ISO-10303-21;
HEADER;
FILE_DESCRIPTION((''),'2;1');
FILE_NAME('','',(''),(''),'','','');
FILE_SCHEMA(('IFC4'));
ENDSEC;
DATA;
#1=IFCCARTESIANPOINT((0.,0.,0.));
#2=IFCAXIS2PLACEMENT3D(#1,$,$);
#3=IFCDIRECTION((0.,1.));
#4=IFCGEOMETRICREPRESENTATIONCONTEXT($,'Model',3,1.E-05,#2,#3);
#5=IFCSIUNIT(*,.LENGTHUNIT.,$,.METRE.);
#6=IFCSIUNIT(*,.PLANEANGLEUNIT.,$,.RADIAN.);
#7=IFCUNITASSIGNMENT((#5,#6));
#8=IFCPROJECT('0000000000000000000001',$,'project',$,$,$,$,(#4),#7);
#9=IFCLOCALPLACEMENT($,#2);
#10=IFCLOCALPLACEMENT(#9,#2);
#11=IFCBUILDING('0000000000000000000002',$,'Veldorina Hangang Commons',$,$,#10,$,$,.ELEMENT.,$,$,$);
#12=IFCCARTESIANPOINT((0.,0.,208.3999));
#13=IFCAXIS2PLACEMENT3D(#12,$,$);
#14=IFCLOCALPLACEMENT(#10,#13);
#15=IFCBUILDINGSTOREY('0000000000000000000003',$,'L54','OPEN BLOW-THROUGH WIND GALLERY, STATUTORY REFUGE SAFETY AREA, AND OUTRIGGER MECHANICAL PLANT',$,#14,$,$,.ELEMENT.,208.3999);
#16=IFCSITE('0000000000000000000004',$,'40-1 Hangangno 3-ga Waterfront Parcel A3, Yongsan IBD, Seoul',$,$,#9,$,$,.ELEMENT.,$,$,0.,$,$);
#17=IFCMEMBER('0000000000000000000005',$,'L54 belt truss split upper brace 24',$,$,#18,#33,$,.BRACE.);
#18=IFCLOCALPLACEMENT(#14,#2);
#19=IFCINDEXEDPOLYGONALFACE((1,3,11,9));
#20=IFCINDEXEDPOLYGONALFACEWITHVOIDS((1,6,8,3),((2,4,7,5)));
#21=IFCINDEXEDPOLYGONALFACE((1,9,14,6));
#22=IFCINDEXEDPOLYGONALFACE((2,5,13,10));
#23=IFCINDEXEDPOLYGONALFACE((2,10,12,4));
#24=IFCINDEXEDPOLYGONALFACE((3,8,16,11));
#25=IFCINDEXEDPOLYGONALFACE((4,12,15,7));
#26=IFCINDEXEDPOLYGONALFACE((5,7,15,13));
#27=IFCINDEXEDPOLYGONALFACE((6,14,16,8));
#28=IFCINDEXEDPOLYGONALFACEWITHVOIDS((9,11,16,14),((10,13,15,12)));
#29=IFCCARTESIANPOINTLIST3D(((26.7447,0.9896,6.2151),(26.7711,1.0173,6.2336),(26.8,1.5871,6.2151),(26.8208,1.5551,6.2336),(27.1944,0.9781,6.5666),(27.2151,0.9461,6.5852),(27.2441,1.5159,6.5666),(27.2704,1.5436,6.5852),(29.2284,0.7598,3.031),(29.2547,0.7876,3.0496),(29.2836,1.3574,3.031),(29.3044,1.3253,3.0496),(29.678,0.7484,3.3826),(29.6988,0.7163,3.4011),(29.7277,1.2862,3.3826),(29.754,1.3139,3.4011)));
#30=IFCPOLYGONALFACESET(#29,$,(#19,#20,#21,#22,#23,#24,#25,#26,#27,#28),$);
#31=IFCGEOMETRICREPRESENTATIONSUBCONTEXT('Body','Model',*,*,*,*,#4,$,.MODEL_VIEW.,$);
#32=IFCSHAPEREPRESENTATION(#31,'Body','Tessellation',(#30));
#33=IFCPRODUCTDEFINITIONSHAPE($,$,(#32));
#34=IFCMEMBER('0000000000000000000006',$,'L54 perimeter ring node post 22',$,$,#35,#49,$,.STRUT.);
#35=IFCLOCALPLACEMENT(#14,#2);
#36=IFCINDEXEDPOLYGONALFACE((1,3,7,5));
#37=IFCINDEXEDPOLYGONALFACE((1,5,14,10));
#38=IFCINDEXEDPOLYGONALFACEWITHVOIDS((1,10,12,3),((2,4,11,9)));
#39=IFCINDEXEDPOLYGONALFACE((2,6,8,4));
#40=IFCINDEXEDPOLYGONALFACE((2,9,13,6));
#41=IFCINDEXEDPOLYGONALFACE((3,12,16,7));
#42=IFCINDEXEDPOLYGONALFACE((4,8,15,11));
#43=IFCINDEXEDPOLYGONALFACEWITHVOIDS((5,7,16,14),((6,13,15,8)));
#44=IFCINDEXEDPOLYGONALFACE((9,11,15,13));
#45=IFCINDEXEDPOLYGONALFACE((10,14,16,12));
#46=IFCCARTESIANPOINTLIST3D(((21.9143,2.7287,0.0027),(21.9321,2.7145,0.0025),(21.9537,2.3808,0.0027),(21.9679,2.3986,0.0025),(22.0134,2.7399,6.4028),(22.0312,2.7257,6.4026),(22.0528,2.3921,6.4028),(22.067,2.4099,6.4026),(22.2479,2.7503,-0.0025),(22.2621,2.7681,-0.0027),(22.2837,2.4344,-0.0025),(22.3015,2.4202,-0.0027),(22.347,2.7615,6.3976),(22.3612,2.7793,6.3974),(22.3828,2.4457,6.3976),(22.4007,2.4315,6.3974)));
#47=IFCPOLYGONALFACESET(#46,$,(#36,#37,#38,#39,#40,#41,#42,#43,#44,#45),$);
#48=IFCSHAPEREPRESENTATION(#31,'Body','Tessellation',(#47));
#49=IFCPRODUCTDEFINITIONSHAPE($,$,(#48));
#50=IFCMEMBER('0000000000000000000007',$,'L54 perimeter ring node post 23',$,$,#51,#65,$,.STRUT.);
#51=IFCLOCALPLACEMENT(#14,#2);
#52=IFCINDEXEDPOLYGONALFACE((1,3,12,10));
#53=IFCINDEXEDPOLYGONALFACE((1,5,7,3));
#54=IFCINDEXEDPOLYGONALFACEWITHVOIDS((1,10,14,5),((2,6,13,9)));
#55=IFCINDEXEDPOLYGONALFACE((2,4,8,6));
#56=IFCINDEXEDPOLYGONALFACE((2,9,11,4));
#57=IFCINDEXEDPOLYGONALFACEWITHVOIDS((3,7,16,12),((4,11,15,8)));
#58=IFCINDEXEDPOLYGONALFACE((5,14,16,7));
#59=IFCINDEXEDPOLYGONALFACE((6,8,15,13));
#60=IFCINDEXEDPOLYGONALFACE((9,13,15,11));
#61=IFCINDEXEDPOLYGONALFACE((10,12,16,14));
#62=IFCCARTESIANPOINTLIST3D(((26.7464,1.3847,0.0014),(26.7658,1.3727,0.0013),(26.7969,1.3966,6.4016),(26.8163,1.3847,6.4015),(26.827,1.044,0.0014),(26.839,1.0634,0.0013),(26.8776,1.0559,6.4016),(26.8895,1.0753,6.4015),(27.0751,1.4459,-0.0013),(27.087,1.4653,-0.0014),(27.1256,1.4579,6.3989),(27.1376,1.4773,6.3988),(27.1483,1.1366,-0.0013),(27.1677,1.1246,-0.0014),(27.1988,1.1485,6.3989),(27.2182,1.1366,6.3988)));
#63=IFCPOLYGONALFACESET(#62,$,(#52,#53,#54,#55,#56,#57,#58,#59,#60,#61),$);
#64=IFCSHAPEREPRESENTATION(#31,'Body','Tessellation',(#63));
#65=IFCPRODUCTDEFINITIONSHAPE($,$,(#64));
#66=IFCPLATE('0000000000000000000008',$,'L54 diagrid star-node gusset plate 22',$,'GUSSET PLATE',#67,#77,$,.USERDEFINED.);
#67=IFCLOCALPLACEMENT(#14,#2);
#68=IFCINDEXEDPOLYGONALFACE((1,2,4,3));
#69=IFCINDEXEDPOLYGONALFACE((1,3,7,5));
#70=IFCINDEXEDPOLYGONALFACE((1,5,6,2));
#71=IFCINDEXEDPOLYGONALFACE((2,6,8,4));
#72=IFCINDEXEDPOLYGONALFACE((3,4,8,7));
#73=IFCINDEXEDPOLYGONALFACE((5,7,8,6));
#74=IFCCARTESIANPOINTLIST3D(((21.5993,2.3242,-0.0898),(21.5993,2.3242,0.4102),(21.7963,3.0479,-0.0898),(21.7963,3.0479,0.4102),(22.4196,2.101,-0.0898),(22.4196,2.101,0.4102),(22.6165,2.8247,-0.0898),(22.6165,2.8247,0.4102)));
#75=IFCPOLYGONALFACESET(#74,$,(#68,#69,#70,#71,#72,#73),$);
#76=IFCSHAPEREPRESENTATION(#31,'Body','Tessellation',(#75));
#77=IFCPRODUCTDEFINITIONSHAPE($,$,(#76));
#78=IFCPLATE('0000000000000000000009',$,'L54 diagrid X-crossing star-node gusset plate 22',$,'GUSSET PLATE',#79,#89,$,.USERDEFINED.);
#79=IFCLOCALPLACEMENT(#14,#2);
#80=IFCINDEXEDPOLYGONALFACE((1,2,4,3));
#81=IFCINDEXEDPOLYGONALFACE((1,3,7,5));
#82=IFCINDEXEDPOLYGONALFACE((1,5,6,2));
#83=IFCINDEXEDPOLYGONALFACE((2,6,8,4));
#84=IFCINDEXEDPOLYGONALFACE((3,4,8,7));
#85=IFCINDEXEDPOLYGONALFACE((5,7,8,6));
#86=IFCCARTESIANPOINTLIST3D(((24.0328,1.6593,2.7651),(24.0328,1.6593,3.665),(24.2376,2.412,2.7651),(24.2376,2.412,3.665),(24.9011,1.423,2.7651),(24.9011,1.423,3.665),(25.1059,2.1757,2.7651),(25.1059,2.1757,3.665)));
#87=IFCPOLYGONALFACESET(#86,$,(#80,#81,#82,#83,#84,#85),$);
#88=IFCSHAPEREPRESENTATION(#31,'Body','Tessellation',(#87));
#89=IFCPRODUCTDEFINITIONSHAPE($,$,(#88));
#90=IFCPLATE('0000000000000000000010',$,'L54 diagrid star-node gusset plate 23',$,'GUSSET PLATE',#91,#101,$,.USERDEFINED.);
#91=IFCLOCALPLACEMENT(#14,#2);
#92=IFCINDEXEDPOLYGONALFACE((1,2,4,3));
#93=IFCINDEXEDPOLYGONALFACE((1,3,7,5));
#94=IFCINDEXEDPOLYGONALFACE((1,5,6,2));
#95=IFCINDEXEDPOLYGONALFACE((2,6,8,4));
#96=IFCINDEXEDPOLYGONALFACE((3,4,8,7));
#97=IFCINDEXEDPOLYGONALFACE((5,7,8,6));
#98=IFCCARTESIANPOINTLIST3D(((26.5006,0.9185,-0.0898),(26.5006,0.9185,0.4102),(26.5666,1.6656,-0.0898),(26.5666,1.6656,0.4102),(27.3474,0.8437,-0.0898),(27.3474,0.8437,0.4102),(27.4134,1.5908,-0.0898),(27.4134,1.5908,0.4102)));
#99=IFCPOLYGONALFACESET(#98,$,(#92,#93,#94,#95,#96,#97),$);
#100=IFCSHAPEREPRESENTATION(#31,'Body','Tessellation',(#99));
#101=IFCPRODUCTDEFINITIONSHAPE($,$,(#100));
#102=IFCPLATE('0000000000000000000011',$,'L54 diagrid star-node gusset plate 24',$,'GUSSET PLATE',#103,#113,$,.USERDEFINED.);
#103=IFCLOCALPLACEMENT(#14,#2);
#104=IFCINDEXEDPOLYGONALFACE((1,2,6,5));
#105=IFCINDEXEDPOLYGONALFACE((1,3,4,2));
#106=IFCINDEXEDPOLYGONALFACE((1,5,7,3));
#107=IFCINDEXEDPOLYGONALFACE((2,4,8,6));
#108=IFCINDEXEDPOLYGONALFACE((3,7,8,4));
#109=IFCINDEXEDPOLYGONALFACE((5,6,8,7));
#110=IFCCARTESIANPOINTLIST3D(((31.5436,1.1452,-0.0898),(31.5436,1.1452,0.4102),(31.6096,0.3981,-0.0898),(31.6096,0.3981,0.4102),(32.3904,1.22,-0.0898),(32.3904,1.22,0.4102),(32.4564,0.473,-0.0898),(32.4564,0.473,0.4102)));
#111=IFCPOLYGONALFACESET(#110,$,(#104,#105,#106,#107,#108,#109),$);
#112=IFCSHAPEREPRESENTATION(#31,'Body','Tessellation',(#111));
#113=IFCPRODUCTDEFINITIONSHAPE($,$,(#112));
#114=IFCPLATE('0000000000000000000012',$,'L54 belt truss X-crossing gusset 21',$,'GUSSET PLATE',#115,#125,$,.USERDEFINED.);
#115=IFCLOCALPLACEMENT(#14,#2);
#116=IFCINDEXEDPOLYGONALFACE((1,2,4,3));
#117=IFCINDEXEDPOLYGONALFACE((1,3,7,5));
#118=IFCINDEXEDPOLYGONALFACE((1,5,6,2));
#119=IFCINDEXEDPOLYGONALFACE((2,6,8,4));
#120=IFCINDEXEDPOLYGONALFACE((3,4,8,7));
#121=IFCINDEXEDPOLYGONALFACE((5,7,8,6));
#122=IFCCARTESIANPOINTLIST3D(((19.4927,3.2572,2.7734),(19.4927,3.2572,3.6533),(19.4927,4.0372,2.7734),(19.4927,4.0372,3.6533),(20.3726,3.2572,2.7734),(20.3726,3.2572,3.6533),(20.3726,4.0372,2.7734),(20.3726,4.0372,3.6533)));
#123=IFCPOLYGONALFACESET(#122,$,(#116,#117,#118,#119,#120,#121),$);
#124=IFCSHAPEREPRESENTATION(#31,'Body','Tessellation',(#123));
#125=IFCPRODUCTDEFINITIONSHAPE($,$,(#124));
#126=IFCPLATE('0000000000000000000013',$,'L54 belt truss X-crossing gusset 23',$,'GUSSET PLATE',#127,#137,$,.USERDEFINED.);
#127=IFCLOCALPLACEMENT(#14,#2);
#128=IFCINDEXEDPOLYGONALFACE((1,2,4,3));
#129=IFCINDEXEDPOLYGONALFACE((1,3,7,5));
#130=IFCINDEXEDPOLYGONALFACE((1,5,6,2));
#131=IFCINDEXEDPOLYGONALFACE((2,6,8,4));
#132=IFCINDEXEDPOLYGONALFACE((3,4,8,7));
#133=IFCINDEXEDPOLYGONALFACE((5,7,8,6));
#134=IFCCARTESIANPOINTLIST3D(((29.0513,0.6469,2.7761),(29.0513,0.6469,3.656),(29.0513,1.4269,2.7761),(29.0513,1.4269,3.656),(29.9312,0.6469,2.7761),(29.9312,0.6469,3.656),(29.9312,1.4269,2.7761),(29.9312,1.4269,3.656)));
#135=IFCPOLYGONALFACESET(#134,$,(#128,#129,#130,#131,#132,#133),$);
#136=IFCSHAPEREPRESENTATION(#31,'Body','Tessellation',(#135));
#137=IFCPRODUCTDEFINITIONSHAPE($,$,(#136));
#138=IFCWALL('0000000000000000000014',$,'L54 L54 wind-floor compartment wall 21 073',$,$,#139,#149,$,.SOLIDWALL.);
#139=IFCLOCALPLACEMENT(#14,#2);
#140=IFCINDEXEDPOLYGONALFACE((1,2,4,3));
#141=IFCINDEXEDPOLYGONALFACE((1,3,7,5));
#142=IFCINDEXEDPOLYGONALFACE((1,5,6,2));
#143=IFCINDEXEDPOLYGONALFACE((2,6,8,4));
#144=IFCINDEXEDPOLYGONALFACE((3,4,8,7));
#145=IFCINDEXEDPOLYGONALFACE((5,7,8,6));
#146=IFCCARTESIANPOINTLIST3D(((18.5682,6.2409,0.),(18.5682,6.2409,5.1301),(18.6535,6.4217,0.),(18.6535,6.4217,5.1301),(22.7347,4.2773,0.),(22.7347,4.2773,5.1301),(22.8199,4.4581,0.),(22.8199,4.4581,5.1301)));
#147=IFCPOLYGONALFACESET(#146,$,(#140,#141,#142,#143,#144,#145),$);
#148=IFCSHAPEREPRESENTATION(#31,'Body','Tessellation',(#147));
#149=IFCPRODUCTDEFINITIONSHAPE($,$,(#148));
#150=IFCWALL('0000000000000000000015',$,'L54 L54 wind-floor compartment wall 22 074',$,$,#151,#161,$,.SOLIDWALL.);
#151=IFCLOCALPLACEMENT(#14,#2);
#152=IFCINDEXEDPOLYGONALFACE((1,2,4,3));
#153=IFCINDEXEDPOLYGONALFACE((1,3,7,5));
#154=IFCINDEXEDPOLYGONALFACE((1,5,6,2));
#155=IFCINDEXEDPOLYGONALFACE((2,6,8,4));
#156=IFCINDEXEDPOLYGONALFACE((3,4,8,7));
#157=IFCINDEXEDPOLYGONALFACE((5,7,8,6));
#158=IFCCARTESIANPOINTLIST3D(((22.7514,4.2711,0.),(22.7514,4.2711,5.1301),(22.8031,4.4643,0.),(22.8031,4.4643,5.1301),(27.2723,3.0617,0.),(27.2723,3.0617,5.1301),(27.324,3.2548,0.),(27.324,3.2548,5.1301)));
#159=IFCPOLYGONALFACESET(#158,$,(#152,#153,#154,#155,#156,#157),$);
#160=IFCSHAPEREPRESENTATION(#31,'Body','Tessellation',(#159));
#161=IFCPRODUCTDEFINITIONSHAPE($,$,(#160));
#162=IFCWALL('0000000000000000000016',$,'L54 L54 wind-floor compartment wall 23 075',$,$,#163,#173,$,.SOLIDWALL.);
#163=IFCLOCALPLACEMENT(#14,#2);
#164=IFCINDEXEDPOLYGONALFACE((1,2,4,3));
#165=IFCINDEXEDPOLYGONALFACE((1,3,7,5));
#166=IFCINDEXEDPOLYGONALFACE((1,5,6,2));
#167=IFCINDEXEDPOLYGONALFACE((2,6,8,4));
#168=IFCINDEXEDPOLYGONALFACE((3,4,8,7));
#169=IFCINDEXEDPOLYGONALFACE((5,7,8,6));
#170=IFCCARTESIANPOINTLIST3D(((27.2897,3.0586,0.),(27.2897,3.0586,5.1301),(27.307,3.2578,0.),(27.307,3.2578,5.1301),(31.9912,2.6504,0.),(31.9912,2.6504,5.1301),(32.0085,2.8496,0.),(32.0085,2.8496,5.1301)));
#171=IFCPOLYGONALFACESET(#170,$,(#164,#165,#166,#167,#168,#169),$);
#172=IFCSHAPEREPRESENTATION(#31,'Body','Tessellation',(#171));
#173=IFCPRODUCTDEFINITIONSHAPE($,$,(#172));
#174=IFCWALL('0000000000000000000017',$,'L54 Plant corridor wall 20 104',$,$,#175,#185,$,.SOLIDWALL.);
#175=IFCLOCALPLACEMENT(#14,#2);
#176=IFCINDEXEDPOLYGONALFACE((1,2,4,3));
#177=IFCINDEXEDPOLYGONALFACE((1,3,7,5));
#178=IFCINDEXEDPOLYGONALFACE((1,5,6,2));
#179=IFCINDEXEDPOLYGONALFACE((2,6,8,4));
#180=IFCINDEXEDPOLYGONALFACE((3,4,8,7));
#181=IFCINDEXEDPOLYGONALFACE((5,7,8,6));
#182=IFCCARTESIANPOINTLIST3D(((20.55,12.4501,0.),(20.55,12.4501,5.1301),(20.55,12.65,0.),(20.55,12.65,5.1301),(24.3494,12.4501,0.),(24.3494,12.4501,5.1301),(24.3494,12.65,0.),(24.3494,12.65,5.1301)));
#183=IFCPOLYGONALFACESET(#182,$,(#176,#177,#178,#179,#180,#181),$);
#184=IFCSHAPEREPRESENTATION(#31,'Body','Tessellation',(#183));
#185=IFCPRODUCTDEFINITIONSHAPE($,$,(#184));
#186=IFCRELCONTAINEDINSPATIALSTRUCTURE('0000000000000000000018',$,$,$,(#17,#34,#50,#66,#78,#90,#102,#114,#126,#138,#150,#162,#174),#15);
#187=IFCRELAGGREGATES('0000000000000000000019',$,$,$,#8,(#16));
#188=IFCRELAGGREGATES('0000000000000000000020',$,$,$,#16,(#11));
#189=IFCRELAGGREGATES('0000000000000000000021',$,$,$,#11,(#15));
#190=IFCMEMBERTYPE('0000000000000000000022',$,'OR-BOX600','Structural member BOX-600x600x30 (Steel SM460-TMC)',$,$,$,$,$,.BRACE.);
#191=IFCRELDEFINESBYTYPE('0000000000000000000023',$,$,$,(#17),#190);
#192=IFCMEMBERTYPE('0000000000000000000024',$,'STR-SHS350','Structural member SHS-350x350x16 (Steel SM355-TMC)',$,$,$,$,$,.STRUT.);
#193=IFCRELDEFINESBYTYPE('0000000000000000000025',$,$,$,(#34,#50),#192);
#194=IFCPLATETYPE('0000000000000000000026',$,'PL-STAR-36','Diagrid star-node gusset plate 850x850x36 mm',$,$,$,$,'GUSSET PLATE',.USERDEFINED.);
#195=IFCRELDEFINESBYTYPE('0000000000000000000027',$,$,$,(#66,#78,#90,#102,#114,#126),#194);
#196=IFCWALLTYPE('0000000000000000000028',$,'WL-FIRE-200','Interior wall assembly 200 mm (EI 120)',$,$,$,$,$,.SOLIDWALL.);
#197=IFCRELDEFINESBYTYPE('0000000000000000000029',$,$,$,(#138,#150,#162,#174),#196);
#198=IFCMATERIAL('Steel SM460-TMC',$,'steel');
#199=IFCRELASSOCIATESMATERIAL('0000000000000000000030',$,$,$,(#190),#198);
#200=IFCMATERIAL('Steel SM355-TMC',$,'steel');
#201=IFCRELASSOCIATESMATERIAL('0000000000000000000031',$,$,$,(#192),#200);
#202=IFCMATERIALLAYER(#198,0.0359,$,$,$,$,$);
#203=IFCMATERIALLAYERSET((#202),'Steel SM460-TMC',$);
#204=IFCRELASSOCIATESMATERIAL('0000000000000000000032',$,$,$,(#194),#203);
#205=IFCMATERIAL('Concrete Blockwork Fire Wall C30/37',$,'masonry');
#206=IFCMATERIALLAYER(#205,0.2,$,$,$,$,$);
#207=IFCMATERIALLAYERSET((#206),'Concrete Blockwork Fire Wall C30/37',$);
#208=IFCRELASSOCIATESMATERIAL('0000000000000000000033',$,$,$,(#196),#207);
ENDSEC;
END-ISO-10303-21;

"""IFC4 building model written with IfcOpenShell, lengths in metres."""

from ifc_helpers import new_model, si_unit, direction, frame, frame_2d, origin, origin_2d, place, context, subcontext, project, spatial, rectangle, hollow_rectangle, extrude, material, layer, layer_set, material_profile, profile_set, type_object, element, save


model = new_model("IFC4")

# Units and contexts
model_context = context("Model", 3, precision=1e-05, world=origin(), true_north=direction((0.0, 1.0)))
body_context = subcontext(model_context, "Body", "Model", "MODEL_VIEW")
ifc_project = project(units=[si_unit("LENGTHUNIT", "METRE"), si_unit("PLANEANGLEUNIT", "RADIAN")], contexts=[model_context])

# Site, building, storey
site_placement = place(None, origin())
site = spatial("IfcSite", under=ifc_project, at=site_placement, Name="40-1 Hangangno 3-ga Waterfront Parcel A3, Yongsan IBD, Seoul", CompositionType="ELEMENT", RefElevation=0.0)
building_placement = place(site_placement, origin())
building = spatial("IfcBuilding", under=site, at=building_placement, Name="Veldorina Hangang Commons", CompositionType="ELEMENT")
storey_placement = place(building_placement, frame((0.0, 0.0, 208.3999)))
storey = spatial("IfcBuildingStorey", under=building, at=storey_placement, Name="L54", Description="OPEN BLOW-THROUGH WIND GALLERY, STATUTORY REFUGE SAFETY AREA, AND OUTRIGGER MECHANICAL PLANT", CompositionType="ELEMENT", Elevation=208.3999)

# Shared definitions
ifc_material_1 = material(Name="Steel SM460-TMC", Category="steel")
ifc_material_2 = material(Name="Steel SM355-TMC", Category="steel")

# Members
ifc_material_profile_1 = material_profile(ifc_material_1, hollow_rectangle(XDim=0.6001, YDim=0.6001, WallThickness=0.03, at=origin_2d()), Name="BOX-600x600x30")
ifc_profile_set_1 = profile_set([ifc_material_profile_1], Name="Steel SM460-TMC")
member_type_1 = type_object("IfcMemberType", Name="OR-BOX600", Description="Structural member BOX-600x600x30 (Steel SM460-TMC)", PredefinedType="BRACE", material=ifc_profile_set_1)
member_1_placement = place(storey_placement, frame((29.4912, 1.0369, 3.2161), z_axis=(-0.614048, 0.056799, 0.787222), x_axis=(-0.092107, -0.995749, 0.0)))
element("IfcMember", 1, at=member_1_placement, inside=storey, type_object=member_type_1, Name="L54 belt truss split upper brace 24", PredefinedType="BRACE", context=body_context, shape_type="SweptSolid", body=[
    extrude(hollow_rectangle(XDim=0.6001, YDim=0.6001, WallThickness=0.03, at=origin_2d()), origin(), (0.0, 0.0, 1.0), 4.0447),
])
ifc_material_profile_2 = material_profile(ifc_material_2, hollow_rectangle(XDim=0.3501, YDim=0.3501, WallThickness=0.0161, at=origin_2d()), Name="SHS-350x350x16")
ifc_profile_set_2 = profile_set([ifc_material_profile_2], Name="Steel SM355-TMC")
member_type_2 = type_object("IfcMemberType", Name="STR-SHS350", Description="Structural member SHS-350x350x16 (Steel SM355-TMC)", PredefinedType="STRUT", material=ifc_profile_set_2)
member_2_placement = place(storey_placement, frame((22.1079, 2.5745, 0.0), z_axis=(0.015485, 0.001755, 0.999879), x_axis=(-0.11258, 0.993643, 0.0)))
element("IfcMember", 2, at=member_2_placement, inside=storey, type_object=member_type_2, Name="L54 perimeter ring node post 22", PredefinedType="STRUT", context=body_context, shape_type="SweptSolid", body=[
    extrude(hollow_rectangle(XDim=0.3501, YDim=0.3501, WallThickness=0.0161, at=origin_2d()), origin(), (0.0, 0.0, 1.0), 6.4009),
])
member_3_placement = place(storey_placement, frame((26.957, 1.2546, 0.0), z_axis=(0.007896, 0.001869, 0.999967), x_axis=(-0.230349, 0.973108, 0.0)))
element("IfcMember", 3, at=member_3_placement, inside=storey, type_object=member_type_2, Name="L54 perimeter ring node post 23", PredefinedType="STRUT", context=body_context, shape_type="SweptSolid", body=[
    extrude(hollow_rectangle(XDim=0.3501, YDim=0.3501, WallThickness=0.0161, at=origin_2d()), origin(), (0.0, 0.0, 1.0), 6.4004),
])

# Plates
ifc_layer_1 = layer(ifc_material_1, 0.0359)
ifc_layer_set_1 = layer_set([ifc_layer_1], Name="Steel SM460-TMC")
plate_type = type_object("IfcPlateType", Name="PL-STAR-36", Description="Diagrid star-node gusset plate 850x850x36 mm", ElementType="GUSSET PLATE", PredefinedType="USERDEFINED", material=ifc_layer_set_1)
plate_1_placement = place(storey_placement, frame((22.1079, 2.5745, -0.0898), z_axis=(0.0, 0.0, 1.0), x_axis=(0.964907, -0.262593, 0.0)))
element("IfcPlate", 4, at=plate_1_placement, inside=storey, type_object=plate_type, Name="L54 diagrid star-node gusset plate 22", ObjectType="GUSSET PLATE", PredefinedType="USERDEFINED", context=body_context, shape_type="SweptSolid", body=[
    extrude(rectangle(XDim=0.8501, YDim=0.75, at=origin_2d()), origin(), (0.0, 0.0, 1.0), 0.5),
])
plate_2_placement = place(storey_placement, frame((24.5693, 1.9175, 2.7651), z_axis=(0.0, 0.0, 1.0), x_axis=(0.964907, -0.262593, 0.0)))
element("IfcPlate", 5, at=plate_2_placement, inside=storey, type_object=plate_type, Name="L54 diagrid X-crossing star-node gusset plate 22", ObjectType="GUSSET PLATE", PredefinedType="USERDEFINED", context=body_context, shape_type="SweptSolid", body=[
    extrude(rectangle(XDim=0.8999, YDim=0.78, at=origin_2d()), origin(), (0.0, 0.0, 1.0), 0.8999),
])
for number, where, z_axis, x_axis, name in (
    (6, (26.957, 1.2546, -0.0898), (0.0, 0.0, 1.0), (0.996118, -0.088025, 0.0), "L54 diagrid star-node gusset plate 23"),
    (7, (32.0, 0.8091, -0.0898), (0.0, 0.0, 1.0), (0.996118, 0.088025, 0.0), "L54 diagrid star-node gusset plate 24"),
):
    element("IfcPlate", number, at=place(storey_placement, frame(where, z_axis=z_axis, x_axis=x_axis)), inside=storey, type_object=plate_type, Name=name, ObjectType="GUSSET PLATE", PredefinedType="USERDEFINED", context=body_context, shape_type="SweptSolid", body=[
        extrude(rectangle(XDim=0.8501, YDim=0.75, at=origin_2d()), origin(), (0.0, 0.0, 1.0), 0.5),
    ])
for number, where, z_axis, x_axis, name in (
    (8, (19.9326, 3.6472, 2.7734), (0.0, 0.0, 1.0), (1.0, 0.0, 0.0), "L54 belt truss X-crossing gusset 21"),
    (9, (29.4912, 1.0369, 2.7761), (0.0, 0.0, 1.0), (1.0, 0.0, 0.0), "L54 belt truss X-crossing gusset 23"),
):
    element("IfcPlate", number, at=place(storey_placement, frame(where, z_axis=z_axis, x_axis=x_axis)), inside=storey, type_object=plate_type, Name=name, ObjectType="GUSSET PLATE", PredefinedType="USERDEFINED", context=body_context, shape_type="SweptSolid", body=[
        extrude(rectangle(XDim=0.8799, YDim=0.78, at=origin_2d()), origin(), (0.0, 0.0, 1.0), 0.8799),
    ])

# Walls
ifc_material_3 = material(Name="Concrete Blockwork Fire Wall C30/37", Category="masonry")
ifc_layer_2 = layer(ifc_material_3, 0.2)
ifc_layer_set_2 = layer_set([ifc_layer_2], Name="Concrete Blockwork Fire Wall C30/37")
wall_type = type_object("IfcWallType", Name="WL-FIRE-200", Description="Interior wall assembly 200 mm (EI 120)", PredefinedType="SOLIDWALL", material=ifc_layer_set_2)
wall_1_placement = place(storey_placement, frame((18.6108, 6.3313, 0.0), z_axis=(0.0, 0.0, 1.0), x_axis=(0.904575, -0.426315, 0.0)))
element("IfcWall", 10, at=wall_1_placement, inside=storey, type_object=wall_type, Name="L54 L54 wind-floor compartment wall 21 073", PredefinedType="SOLIDWALL", context=body_context, shape_type="SweptSolid", body=[
    extrude(rectangle(XDim=4.606, YDim=0.2, at=frame_2d((2.303, 0.0))), origin(), (0.0, 0.0, 1.0), 5.1301),
])
wall_2_placement = place(storey_placement, frame((22.7773, 4.3677, 0.0), z_axis=(0.0, 0.0, 1.0), x_axis=(0.966029, -0.258435, 0.0)))
element("IfcWall", 11, at=wall_2_placement, inside=storey, type_object=wall_type, Name="L54 L54 wind-floor compartment wall 22 074", PredefinedType="SOLIDWALL", context=body_context, shape_type="SweptSolid", body=[
    extrude(rectangle(XDim=4.6799, YDim=0.2, at=frame_2d((2.3398, 0.0))), origin(), (0.0, 0.0, 1.0), 5.1301),
])
wall_3_placement = place(storey_placement, frame((27.2983, 3.1582, 0.0), z_axis=(0.0, 0.0, 1.0), x_axis=(0.996252, -0.086496, 0.0)))
element("IfcWall", 12, at=wall_3_placement, inside=storey, type_object=wall_type, Name="L54 L54 wind-floor compartment wall 23 075", PredefinedType="SOLIDWALL", context=body_context, shape_type="SweptSolid", body=[
    extrude(rectangle(XDim=4.7192, YDim=0.2, at=frame_2d((2.3596, 0.0))), origin(), (0.0, 0.0, 1.0), 5.1301),
])
wall_4_placement = place(storey_placement, frame((20.55, 12.55, 0.0), z_axis=(0.0, 0.0, 1.0), x_axis=(1.0, 0.0, 0.0)))
element("IfcWall", 13, at=wall_4_placement, inside=storey, type_object=wall_type, Name="L54 Plant corridor wall 20 104", PredefinedType="SOLIDWALL", context=body_context, shape_type="SweptSolid", body=[
    extrude(rectangle(XDim=3.7993, YDim=0.2, at=frame_2d((1.8997, 0.0))), origin(), (0.0, 0.0, 1.0), 5.1301),
])

save(model, "model.ifc")
